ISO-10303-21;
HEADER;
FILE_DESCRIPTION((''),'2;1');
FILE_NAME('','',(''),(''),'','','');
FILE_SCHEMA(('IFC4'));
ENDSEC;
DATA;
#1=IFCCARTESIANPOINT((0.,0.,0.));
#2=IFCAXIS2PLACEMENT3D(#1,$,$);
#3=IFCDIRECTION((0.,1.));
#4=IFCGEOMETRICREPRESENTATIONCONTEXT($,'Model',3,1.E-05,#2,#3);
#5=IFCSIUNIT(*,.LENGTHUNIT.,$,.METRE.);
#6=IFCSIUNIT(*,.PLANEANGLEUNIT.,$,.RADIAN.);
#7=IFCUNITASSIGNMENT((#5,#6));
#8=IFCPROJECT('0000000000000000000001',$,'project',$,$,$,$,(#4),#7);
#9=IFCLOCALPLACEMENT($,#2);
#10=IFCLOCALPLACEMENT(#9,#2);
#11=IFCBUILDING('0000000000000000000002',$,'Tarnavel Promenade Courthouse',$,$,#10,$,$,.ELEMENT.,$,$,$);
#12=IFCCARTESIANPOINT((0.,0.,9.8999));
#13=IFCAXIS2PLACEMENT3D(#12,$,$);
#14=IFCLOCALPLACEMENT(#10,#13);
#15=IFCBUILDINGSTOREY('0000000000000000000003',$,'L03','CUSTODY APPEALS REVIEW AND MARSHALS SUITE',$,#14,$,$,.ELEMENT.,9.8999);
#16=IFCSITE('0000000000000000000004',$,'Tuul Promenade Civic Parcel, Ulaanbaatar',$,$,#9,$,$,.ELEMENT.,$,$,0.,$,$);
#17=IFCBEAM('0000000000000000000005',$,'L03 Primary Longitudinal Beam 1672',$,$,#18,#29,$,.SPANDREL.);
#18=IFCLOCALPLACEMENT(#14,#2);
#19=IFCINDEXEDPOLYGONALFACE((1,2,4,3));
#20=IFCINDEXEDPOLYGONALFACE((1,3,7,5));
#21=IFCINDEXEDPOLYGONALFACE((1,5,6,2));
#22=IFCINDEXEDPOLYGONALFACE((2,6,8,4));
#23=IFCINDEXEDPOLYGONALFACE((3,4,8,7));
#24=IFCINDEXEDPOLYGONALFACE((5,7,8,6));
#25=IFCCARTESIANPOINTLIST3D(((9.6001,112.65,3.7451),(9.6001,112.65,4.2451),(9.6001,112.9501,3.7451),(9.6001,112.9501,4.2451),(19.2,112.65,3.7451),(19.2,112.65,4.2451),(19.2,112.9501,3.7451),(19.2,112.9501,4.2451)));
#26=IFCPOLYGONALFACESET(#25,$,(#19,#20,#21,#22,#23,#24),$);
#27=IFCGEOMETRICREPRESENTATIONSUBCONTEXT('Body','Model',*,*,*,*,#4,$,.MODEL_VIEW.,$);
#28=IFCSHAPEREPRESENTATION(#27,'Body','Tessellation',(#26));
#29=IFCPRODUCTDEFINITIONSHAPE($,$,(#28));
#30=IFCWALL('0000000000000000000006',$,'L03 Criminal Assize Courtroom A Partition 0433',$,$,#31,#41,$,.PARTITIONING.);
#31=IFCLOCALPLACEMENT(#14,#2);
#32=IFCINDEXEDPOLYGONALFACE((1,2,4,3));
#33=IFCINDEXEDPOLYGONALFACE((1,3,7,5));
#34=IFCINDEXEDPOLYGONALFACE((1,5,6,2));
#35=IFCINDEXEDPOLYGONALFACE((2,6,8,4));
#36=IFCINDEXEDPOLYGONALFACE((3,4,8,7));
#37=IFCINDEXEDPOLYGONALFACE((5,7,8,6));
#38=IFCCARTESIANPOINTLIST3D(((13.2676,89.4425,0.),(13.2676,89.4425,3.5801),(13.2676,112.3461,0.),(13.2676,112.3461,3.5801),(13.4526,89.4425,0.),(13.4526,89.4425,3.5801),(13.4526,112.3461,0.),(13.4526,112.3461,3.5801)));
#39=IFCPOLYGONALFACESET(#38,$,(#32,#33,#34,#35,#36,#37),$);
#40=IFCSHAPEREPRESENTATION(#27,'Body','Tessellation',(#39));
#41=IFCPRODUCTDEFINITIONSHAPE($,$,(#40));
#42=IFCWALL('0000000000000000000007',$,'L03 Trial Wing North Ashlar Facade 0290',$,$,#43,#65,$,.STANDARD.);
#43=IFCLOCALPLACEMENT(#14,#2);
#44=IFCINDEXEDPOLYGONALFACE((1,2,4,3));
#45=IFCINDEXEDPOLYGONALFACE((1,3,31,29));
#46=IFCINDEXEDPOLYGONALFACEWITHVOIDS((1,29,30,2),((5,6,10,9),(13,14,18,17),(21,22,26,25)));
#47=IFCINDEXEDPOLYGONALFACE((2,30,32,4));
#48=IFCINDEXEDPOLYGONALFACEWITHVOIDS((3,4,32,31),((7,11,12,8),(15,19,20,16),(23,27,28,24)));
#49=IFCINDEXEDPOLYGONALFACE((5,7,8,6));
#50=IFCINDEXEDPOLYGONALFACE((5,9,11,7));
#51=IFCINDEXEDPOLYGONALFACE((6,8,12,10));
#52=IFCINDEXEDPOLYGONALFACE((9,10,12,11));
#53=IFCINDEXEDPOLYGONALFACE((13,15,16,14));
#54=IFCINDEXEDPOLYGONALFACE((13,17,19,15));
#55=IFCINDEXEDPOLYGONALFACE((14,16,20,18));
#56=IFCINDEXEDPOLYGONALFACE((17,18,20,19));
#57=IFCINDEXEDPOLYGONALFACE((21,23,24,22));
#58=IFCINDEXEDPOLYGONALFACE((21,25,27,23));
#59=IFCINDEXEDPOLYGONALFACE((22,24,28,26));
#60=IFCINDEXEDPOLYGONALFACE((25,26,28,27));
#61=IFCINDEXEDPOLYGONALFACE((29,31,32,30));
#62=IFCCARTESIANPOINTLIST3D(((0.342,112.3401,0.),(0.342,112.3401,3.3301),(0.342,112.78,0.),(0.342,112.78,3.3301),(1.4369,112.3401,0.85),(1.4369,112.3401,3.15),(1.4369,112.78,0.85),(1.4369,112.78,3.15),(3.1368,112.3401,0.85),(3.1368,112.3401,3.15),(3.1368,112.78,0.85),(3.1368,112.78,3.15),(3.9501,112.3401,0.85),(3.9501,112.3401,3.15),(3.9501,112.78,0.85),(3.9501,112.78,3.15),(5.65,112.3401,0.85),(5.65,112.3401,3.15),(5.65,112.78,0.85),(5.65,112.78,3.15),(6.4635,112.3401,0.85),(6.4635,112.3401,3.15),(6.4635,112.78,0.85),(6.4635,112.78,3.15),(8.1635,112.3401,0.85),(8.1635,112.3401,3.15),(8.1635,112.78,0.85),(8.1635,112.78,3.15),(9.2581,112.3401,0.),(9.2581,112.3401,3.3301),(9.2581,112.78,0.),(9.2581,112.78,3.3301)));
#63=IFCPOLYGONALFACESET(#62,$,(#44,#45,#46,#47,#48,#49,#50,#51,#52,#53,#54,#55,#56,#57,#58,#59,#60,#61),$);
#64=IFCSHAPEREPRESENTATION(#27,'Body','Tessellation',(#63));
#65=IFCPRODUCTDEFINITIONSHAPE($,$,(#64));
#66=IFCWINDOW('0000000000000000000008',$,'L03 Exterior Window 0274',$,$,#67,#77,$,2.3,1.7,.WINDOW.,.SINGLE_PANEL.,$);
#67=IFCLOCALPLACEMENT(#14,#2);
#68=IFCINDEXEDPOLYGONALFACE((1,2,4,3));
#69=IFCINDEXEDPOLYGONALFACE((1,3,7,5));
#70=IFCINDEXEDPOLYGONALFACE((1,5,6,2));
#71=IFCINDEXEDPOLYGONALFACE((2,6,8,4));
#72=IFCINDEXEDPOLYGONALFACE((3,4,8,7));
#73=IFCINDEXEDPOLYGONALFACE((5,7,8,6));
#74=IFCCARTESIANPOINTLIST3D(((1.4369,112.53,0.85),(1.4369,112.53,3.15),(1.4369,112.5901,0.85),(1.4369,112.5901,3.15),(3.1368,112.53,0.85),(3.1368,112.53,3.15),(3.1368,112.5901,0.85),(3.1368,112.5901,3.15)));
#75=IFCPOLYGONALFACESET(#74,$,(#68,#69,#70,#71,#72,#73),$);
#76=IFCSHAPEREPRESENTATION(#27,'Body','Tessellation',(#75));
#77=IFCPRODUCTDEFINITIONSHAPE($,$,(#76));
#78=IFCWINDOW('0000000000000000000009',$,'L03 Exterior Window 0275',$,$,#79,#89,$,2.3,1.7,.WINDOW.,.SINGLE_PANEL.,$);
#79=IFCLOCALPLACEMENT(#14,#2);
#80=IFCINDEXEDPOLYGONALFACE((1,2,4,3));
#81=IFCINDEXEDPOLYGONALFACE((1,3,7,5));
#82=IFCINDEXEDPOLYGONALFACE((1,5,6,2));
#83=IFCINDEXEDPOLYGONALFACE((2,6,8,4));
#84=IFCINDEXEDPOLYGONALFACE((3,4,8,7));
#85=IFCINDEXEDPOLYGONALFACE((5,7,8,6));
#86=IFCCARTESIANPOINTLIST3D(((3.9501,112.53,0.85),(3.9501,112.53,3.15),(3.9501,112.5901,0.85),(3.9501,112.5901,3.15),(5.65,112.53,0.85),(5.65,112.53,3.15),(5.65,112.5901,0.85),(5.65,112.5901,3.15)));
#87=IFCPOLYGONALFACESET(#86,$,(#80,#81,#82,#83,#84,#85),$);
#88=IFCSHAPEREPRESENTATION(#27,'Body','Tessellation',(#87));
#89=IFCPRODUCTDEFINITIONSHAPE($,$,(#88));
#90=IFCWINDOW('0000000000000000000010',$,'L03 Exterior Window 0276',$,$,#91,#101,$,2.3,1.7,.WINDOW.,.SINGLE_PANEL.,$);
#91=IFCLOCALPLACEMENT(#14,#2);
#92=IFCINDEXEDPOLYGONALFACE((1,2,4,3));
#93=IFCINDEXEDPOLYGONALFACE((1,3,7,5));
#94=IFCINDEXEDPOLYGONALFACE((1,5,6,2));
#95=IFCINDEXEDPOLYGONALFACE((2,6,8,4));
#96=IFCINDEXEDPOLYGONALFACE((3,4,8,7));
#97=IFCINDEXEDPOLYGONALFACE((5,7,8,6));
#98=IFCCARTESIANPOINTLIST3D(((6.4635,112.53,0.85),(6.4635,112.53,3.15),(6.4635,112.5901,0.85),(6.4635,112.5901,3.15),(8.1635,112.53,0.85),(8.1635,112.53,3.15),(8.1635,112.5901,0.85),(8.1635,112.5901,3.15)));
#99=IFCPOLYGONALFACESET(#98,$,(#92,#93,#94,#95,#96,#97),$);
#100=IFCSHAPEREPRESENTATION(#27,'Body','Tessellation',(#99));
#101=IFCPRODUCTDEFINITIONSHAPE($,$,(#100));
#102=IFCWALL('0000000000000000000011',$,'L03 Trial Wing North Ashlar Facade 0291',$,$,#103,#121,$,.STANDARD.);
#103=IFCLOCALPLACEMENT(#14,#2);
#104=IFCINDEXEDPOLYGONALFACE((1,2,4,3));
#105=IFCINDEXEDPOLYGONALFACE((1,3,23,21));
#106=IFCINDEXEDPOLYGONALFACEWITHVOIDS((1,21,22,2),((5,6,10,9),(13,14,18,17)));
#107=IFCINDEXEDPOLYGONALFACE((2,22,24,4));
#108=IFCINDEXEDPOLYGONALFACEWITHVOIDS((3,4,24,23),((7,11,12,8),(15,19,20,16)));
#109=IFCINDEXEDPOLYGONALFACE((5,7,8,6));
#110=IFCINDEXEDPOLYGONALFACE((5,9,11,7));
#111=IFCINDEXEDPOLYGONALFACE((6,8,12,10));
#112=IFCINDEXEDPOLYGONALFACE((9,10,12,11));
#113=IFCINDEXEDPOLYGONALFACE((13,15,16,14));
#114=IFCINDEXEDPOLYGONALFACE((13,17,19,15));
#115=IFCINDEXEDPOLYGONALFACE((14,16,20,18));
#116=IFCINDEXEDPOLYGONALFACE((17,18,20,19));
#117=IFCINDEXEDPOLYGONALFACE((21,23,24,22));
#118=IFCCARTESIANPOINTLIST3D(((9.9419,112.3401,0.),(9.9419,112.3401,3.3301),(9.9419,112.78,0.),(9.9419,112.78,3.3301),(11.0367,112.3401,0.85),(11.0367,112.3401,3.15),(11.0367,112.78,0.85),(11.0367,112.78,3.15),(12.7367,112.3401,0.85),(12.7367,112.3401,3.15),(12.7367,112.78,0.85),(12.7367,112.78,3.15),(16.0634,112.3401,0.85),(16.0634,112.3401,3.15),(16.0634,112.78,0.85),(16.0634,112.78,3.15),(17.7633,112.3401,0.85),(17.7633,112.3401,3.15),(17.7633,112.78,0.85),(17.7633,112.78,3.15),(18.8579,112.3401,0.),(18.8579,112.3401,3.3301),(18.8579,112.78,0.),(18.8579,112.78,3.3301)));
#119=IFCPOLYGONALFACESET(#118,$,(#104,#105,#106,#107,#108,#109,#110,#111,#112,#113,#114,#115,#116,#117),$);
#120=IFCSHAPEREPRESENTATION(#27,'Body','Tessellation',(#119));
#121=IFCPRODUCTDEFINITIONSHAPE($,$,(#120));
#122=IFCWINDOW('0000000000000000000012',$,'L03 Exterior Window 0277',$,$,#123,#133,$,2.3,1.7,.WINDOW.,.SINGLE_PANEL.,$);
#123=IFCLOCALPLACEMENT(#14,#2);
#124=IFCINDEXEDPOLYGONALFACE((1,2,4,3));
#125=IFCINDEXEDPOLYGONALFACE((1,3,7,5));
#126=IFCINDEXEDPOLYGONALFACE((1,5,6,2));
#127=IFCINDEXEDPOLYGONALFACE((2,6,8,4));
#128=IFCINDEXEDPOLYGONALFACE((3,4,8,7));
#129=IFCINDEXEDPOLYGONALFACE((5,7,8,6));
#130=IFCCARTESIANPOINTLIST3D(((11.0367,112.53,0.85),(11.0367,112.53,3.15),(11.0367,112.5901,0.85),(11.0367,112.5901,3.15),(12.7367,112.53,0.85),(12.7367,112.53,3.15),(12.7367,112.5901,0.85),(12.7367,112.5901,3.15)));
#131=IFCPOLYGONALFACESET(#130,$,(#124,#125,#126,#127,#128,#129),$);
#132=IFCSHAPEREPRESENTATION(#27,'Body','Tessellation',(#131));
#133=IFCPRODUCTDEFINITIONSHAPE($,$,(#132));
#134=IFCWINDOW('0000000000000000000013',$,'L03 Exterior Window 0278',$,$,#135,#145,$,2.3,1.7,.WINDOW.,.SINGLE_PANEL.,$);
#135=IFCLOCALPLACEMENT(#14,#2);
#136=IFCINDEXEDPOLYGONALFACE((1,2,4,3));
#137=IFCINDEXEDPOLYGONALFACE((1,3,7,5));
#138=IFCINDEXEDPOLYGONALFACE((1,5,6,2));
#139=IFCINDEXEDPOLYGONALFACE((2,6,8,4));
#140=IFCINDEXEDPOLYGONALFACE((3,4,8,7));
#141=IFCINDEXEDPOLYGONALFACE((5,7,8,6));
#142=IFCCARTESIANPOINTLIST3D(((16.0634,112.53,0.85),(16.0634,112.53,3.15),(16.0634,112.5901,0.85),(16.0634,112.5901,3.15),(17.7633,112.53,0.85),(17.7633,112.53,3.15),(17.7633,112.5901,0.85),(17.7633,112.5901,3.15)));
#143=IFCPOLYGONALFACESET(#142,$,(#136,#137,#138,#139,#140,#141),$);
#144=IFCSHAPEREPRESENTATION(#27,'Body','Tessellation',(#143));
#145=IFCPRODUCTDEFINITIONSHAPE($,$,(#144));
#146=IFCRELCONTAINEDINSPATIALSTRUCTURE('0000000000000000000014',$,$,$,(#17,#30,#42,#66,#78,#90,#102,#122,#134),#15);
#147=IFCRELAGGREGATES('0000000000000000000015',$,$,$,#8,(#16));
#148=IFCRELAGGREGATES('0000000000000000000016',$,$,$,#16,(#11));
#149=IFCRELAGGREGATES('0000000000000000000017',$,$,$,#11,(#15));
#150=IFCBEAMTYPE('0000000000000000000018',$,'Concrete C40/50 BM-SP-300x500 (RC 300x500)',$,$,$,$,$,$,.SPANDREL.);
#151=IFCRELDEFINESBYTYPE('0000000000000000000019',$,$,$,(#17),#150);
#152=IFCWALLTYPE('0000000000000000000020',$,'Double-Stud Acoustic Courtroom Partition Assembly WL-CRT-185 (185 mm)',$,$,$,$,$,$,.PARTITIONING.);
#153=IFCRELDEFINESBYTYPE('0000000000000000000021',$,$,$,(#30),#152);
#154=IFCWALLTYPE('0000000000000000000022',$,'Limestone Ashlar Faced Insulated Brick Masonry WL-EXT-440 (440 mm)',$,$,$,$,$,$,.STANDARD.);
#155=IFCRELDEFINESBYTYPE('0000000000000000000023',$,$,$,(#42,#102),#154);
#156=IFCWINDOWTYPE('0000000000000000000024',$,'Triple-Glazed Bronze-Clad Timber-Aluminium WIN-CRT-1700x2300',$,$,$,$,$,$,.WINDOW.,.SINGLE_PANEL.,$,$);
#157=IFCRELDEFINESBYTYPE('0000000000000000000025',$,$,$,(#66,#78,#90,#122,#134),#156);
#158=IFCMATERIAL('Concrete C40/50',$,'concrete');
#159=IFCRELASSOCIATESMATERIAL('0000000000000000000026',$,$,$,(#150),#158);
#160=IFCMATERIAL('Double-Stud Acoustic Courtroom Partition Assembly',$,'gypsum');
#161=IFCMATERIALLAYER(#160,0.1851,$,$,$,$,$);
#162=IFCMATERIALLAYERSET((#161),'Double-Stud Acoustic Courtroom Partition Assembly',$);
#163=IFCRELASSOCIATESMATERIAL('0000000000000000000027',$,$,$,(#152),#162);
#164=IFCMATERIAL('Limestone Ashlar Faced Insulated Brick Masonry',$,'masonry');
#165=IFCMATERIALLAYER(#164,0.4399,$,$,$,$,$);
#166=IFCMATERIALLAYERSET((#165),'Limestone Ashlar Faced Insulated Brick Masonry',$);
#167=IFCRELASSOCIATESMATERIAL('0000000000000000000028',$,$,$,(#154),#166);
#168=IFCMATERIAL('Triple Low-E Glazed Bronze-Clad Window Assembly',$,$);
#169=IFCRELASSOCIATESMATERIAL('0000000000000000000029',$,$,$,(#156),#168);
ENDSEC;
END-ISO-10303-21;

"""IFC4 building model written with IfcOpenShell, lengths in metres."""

from ifc_helpers import new_model, si_unit, direction, frame, frame_2d, origin, origin_2d, place, context, subcontext, project, spatial, rectangle, extrude, material, layer, layer_set, material_profile, profile_set, type_object, element, fill, save


model = new_model("IFC4")

# Units and contexts
model_context = context("Model", 3, precision=1e-05, world=origin(), true_north=direction((0.0, 1.0)))
body_context = subcontext(model_context, "Body", "Model", "MODEL_VIEW")
ifc_project = project(units=[si_unit("LENGTHUNIT", "METRE"), si_unit("PLANEANGLEUNIT", "RADIAN")], contexts=[model_context])

# Site, building, storey
site_placement = place(None, origin())
site = spatial("IfcSite", under=ifc_project, at=site_placement, Name="Tuul Promenade Civic Parcel, Ulaanbaatar", CompositionType="ELEMENT", RefElevation=0.0)
building_placement = place(site_placement, origin())
building = spatial("IfcBuilding", under=site, at=building_placement, Name="Tarnavel Promenade Courthouse", CompositionType="ELEMENT")
storey_placement = place(building_placement, frame((0.0, 0.0, 9.8999)))
storey = spatial("IfcBuildingStorey", under=building, at=storey_placement, Name="L03", Description="CUSTODY APPEALS REVIEW AND MARSHALS SUITE", CompositionType="ELEMENT", Elevation=9.8999)

# Shared definitions
ifc_material_1 = material(Name="Concrete C40/50", Category="concrete")

# Beam
ifc_material_profile_1 = material_profile(ifc_material_1, rectangle(XDim=0.3, YDim=0.5, at=origin_2d()), Name="RC 300x500")
ifc_profile_set_1 = profile_set([ifc_material_profile_1], Name="Concrete C40/50")
beam_type_1 = type_object("IfcBeamType", Name="Concrete C40/50 BM-SP-300x500 (RC 300x500)", PredefinedType="SPANDREL", material=ifc_profile_set_1)
beam_1_placement = place(storey_placement, frame((9.6001, 112.8, 3.9951), z_axis=(1.0, 0.0, 0.0), x_axis=(0.0, 1.0, 0.0)))
element("IfcBeam", 1, at=beam_1_placement, inside=storey, type_object=beam_type_1, Name="L03 Primary Longitudinal Beam 1672", PredefinedType="SPANDREL", context=body_context, shape_type="SweptSolid", body=[
    extrude(rectangle(XDim=0.3, YDim=0.5, at=origin_2d()), origin(), (0.0, 0.0, 1.0), 9.5999),
])

# Wall
ifc_material_2 = material(Name="Double-Stud Acoustic Courtroom Partition Assembly", Category="gypsum")
ifc_layer_1 = layer(ifc_material_2, 0.1851)
ifc_layer_set_1 = layer_set([ifc_layer_1], Name="Double-Stud Acoustic Courtroom Partition Assembly")
wall_type_1 = type_object("IfcWallType", Name="Double-Stud Acoustic Courtroom Partition Assembly WL-CRT-185 (185 mm)", PredefinedType="PARTITIONING", material=ifc_layer_set_1)
wall_1_placement = place(storey_placement, frame((13.3601, 112.3459, 0.0), z_axis=(0.0, 0.0, 1.0), x_axis=(0.0, -1.0, 0.0)))
element("IfcWall", 2, at=wall_1_placement, inside=storey, type_object=wall_type_1, Name="L03 Criminal Assize Courtroom A Partition 0433", PredefinedType="PARTITIONING", context=body_context, shape_type="SweptSolid", body=[
    extrude(rectangle(XDim=22.9036, YDim=0.1851, at=frame_2d((11.4517, 0.0))), origin(), (0.0, 0.0, 1.0), 3.5801),
])

# Walls, openings, windows
ifc_material_3 = material(Name="Limestone Ashlar Faced Insulated Brick Masonry", Category="masonry")
ifc_layer_2 = layer(ifc_material_3, 0.4399)
ifc_layer_set_2 = layer_set([ifc_layer_2], Name="Limestone Ashlar Faced Insulated Brick Masonry")
wall_type_2 = type_object("IfcWallType", Name="Limestone Ashlar Faced Insulated Brick Masonry WL-EXT-440 (440 mm)", PredefinedType="STANDARD", material=ifc_layer_set_2)
wall_2_placement = place(storey_placement, frame((0.342, 112.5601, 0.0), z_axis=(0.0, 0.0, 1.0), x_axis=(1.0, 0.0, 0.0)))
wall_2 = element("IfcWall", 3, at=wall_2_placement, inside=storey, type_object=wall_type_2, Name="L03 Trial Wing North Ashlar Facade 0290", PredefinedType="STANDARD", context=body_context, shape_type="SweptSolid", body=[
    extrude(rectangle(XDim=8.916, YDim=0.4399, at=frame_2d((4.458, 0.0))), origin(), (0.0, 0.0, 1.0), 3.3301),
])
opening_1_placement = place(wall_2_placement, frame((1.0947, 0.0, 0.8501)))
opening_1 = element("IfcOpeningElement", 4, at=opening_1_placement, cuts=wall_2, PredefinedType="OPENING", context=body_context, shape_type="SweptSolid", body=[
    extrude(rectangle(XDim=1.7, YDim=2.3, at=frame_2d((0.8501, 1.1499))), frame((0.0, 0.23, 0.0), z_axis=(0.0, -1.0, 0.0), x_axis=(1.0, 0.0, 0.0)), (0.0, 0.0, 1.0), 0.46),
])
opening_2_placement = place(wall_2_placement, frame((3.6079, 0.0, 0.8501)))
opening_2 = element("IfcOpeningElement", 5, at=opening_2_placement, cuts=wall_2, PredefinedType="OPENING", context=body_context, shape_type="SweptSolid", body=[
    extrude(rectangle(XDim=1.7, YDim=2.3, at=frame_2d((0.8501, 1.1499))), frame((0.0, 0.23, 0.0), z_axis=(0.0, -1.0, 0.0), x_axis=(1.0, 0.0, 0.0)), (0.0, 0.0, 1.0), 0.46),
])
opening_3_placement = place(wall_2_placement, frame((6.1213, 0.0, 0.8501)))
opening_3 = element("IfcOpeningElement", 6, at=opening_3_placement, cuts=wall_2, PredefinedType="OPENING", context=body_context, shape_type="SweptSolid", body=[
    extrude(rectangle(XDim=1.7, YDim=2.3, at=frame_2d((0.8501, 1.1499))), frame((0.0, 0.23, 0.0), z_axis=(0.0, -1.0, 0.0), x_axis=(1.0, 0.0, 0.0)), (0.0, 0.0, 1.0), 0.46),
])
ifc_material_4 = material(Name="Triple Low-E Glazed Bronze-Clad Window Assembly")
window_type = type_object("IfcWindowType", Name="Triple-Glazed Bronze-Clad Timber-Aluminium WIN-CRT-1700x2300", PartitioningType="SINGLE_PANEL", PredefinedType="WINDOW", material=ifc_material_4)
window_1_placement = place(opening_1_placement, origin())
window_1 = element("IfcWindow", 7, at=window_1_placement, inside=storey, type_object=window_type, Name="L03 Exterior Window 0274", OverallHeight=2.3, OverallWidth=1.7, PartitioningType="SINGLE_PANEL", PredefinedType="WINDOW", context=body_context, shape_type="SweptSolid", body=[
    extrude(rectangle(XDim=1.7, YDim=2.3, at=frame_2d((0.8501, 1.1499))), frame((0.0, 0.03, 0.0), z_axis=(0.0, -1.0, 0.0), x_axis=(1.0, 0.0, 0.0)), (0.0, 0.0, 1.0), 0.0601),
])
fill(opening_1, window_1)
window_2_placement = place(opening_2_placement, origin())
window_2 = element("IfcWindow", 8, at=window_2_placement, inside=storey, type_object=window_type, Name="L03 Exterior Window 0275", OverallHeight=2.3, OverallWidth=1.7, PartitioningType="SINGLE_PANEL", PredefinedType="WINDOW", context=body_context, shape_type="SweptSolid", body=[
    extrude(rectangle(XDim=1.7, YDim=2.3, at=frame_2d((0.8501, 1.1499))), frame((0.0, 0.03, 0.0), z_axis=(0.0, -1.0, 0.0), x_axis=(1.0, 0.0, 0.0)), (0.0, 0.0, 1.0), 0.0601),
])
fill(opening_2, window_2)
window_3_placement = place(opening_3_placement, origin())
window_3 = element("IfcWindow", 9, at=window_3_placement, inside=storey, type_object=window_type, Name="L03 Exterior Window 0276", OverallHeight=2.3, OverallWidth=1.7, PartitioningType="SINGLE_PANEL", PredefinedType="WINDOW", context=body_context, shape_type="SweptSolid", body=[
    extrude(rectangle(XDim=1.7, YDim=2.3, at=frame_2d((0.8501, 1.1499))), frame((0.0, 0.03, 0.0), z_axis=(0.0, -1.0, 0.0), x_axis=(1.0, 0.0, 0.0)), (0.0, 0.0, 1.0), 0.0601),
])
fill(opening_3, window_3)
wall_3_placement = place(storey_placement, frame((9.9419, 112.5601, 0.0), z_axis=(0.0, 0.0, 1.0), x_axis=(1.0, 0.0, 0.0)))
wall_3 = element("IfcWall", 10, at=wall_3_placement, inside=storey, type_object=wall_type_2, Name="L03 Trial Wing North Ashlar Facade 0291", PredefinedType="STANDARD", context=body_context, shape_type="SweptSolid", body=[
    extrude(rectangle(XDim=8.916, YDim=0.4399, at=frame_2d((4.458, 0.0))), origin(), (0.0, 0.0, 1.0), 3.3301),
])
opening_4_placement = place(wall_3_placement, frame((1.0947, 0.0, 0.8501)))
opening_4 = element("IfcOpeningElement", 11, at=opening_4_placement, cuts=wall_3, PredefinedType="OPENING", context=body_context, shape_type="SweptSolid", body=[
    extrude(rectangle(XDim=1.7, YDim=2.3, at=frame_2d((0.8501, 1.1499))), frame((0.0, 0.23, 0.0), z_axis=(0.0, -1.0, 0.0), x_axis=(1.0, 0.0, 0.0)), (0.0, 0.0, 1.0), 0.46),
])
opening_5_placement = place(wall_3_placement, frame((6.1213, 0.0, 0.8501)))
opening_5 = element("IfcOpeningElement", 12, at=opening_5_placement, cuts=wall_3, PredefinedType="OPENING", context=body_context, shape_type="SweptSolid", body=[
    extrude(rectangle(XDim=1.7, YDim=2.3, at=frame_2d((0.8501, 1.1499))), frame((0.0, 0.23, 0.0), z_axis=(0.0, -1.0, 0.0), x_axis=(1.0, 0.0, 0.0)), (0.0, 0.0, 1.0), 0.46),
])
window_4_placement = place(opening_4_placement, origin())
window_4 = element("IfcWindow", 13, at=window_4_placement, inside=storey, type_object=window_type, Name="L03 Exterior Window 0277", OverallHeight=2.3, OverallWidth=1.7, PartitioningType="SINGLE_PANEL", PredefinedType="WINDOW", context=body_context, shape_type="SweptSolid", body=[
    extrude(rectangle(XDim=1.7, YDim=2.3, at=frame_2d((0.8501, 1.1499))), frame((0.0, 0.03, 0.0), z_axis=(0.0, -1.0, 0.0), x_axis=(1.0, 0.0, 0.0)), (0.0, 0.0, 1.0), 0.0601),
])
fill(opening_4, window_4)
window_5_placement = place(opening_5_placement, origin())
window_5 = element("IfcWindow", 14, at=window_5_placement, inside=storey, type_object=window_type, Name="L03 Exterior Window 0278", OverallHeight=2.3, OverallWidth=1.7, PartitioningType="SINGLE_PANEL", PredefinedType="WINDOW", context=body_context, shape_type="SweptSolid", body=[
    extrude(rectangle(XDim=1.7, YDim=2.3, at=frame_2d((0.8501, 1.1499))), frame((0.0, 0.03, 0.0), z_axis=(0.0, -1.0, 0.0), x_axis=(1.0, 0.0, 0.0)), (0.0, 0.0, 1.0), 0.0601),
])
fill(opening_5, window_5)

save(model, "model.ifc")
